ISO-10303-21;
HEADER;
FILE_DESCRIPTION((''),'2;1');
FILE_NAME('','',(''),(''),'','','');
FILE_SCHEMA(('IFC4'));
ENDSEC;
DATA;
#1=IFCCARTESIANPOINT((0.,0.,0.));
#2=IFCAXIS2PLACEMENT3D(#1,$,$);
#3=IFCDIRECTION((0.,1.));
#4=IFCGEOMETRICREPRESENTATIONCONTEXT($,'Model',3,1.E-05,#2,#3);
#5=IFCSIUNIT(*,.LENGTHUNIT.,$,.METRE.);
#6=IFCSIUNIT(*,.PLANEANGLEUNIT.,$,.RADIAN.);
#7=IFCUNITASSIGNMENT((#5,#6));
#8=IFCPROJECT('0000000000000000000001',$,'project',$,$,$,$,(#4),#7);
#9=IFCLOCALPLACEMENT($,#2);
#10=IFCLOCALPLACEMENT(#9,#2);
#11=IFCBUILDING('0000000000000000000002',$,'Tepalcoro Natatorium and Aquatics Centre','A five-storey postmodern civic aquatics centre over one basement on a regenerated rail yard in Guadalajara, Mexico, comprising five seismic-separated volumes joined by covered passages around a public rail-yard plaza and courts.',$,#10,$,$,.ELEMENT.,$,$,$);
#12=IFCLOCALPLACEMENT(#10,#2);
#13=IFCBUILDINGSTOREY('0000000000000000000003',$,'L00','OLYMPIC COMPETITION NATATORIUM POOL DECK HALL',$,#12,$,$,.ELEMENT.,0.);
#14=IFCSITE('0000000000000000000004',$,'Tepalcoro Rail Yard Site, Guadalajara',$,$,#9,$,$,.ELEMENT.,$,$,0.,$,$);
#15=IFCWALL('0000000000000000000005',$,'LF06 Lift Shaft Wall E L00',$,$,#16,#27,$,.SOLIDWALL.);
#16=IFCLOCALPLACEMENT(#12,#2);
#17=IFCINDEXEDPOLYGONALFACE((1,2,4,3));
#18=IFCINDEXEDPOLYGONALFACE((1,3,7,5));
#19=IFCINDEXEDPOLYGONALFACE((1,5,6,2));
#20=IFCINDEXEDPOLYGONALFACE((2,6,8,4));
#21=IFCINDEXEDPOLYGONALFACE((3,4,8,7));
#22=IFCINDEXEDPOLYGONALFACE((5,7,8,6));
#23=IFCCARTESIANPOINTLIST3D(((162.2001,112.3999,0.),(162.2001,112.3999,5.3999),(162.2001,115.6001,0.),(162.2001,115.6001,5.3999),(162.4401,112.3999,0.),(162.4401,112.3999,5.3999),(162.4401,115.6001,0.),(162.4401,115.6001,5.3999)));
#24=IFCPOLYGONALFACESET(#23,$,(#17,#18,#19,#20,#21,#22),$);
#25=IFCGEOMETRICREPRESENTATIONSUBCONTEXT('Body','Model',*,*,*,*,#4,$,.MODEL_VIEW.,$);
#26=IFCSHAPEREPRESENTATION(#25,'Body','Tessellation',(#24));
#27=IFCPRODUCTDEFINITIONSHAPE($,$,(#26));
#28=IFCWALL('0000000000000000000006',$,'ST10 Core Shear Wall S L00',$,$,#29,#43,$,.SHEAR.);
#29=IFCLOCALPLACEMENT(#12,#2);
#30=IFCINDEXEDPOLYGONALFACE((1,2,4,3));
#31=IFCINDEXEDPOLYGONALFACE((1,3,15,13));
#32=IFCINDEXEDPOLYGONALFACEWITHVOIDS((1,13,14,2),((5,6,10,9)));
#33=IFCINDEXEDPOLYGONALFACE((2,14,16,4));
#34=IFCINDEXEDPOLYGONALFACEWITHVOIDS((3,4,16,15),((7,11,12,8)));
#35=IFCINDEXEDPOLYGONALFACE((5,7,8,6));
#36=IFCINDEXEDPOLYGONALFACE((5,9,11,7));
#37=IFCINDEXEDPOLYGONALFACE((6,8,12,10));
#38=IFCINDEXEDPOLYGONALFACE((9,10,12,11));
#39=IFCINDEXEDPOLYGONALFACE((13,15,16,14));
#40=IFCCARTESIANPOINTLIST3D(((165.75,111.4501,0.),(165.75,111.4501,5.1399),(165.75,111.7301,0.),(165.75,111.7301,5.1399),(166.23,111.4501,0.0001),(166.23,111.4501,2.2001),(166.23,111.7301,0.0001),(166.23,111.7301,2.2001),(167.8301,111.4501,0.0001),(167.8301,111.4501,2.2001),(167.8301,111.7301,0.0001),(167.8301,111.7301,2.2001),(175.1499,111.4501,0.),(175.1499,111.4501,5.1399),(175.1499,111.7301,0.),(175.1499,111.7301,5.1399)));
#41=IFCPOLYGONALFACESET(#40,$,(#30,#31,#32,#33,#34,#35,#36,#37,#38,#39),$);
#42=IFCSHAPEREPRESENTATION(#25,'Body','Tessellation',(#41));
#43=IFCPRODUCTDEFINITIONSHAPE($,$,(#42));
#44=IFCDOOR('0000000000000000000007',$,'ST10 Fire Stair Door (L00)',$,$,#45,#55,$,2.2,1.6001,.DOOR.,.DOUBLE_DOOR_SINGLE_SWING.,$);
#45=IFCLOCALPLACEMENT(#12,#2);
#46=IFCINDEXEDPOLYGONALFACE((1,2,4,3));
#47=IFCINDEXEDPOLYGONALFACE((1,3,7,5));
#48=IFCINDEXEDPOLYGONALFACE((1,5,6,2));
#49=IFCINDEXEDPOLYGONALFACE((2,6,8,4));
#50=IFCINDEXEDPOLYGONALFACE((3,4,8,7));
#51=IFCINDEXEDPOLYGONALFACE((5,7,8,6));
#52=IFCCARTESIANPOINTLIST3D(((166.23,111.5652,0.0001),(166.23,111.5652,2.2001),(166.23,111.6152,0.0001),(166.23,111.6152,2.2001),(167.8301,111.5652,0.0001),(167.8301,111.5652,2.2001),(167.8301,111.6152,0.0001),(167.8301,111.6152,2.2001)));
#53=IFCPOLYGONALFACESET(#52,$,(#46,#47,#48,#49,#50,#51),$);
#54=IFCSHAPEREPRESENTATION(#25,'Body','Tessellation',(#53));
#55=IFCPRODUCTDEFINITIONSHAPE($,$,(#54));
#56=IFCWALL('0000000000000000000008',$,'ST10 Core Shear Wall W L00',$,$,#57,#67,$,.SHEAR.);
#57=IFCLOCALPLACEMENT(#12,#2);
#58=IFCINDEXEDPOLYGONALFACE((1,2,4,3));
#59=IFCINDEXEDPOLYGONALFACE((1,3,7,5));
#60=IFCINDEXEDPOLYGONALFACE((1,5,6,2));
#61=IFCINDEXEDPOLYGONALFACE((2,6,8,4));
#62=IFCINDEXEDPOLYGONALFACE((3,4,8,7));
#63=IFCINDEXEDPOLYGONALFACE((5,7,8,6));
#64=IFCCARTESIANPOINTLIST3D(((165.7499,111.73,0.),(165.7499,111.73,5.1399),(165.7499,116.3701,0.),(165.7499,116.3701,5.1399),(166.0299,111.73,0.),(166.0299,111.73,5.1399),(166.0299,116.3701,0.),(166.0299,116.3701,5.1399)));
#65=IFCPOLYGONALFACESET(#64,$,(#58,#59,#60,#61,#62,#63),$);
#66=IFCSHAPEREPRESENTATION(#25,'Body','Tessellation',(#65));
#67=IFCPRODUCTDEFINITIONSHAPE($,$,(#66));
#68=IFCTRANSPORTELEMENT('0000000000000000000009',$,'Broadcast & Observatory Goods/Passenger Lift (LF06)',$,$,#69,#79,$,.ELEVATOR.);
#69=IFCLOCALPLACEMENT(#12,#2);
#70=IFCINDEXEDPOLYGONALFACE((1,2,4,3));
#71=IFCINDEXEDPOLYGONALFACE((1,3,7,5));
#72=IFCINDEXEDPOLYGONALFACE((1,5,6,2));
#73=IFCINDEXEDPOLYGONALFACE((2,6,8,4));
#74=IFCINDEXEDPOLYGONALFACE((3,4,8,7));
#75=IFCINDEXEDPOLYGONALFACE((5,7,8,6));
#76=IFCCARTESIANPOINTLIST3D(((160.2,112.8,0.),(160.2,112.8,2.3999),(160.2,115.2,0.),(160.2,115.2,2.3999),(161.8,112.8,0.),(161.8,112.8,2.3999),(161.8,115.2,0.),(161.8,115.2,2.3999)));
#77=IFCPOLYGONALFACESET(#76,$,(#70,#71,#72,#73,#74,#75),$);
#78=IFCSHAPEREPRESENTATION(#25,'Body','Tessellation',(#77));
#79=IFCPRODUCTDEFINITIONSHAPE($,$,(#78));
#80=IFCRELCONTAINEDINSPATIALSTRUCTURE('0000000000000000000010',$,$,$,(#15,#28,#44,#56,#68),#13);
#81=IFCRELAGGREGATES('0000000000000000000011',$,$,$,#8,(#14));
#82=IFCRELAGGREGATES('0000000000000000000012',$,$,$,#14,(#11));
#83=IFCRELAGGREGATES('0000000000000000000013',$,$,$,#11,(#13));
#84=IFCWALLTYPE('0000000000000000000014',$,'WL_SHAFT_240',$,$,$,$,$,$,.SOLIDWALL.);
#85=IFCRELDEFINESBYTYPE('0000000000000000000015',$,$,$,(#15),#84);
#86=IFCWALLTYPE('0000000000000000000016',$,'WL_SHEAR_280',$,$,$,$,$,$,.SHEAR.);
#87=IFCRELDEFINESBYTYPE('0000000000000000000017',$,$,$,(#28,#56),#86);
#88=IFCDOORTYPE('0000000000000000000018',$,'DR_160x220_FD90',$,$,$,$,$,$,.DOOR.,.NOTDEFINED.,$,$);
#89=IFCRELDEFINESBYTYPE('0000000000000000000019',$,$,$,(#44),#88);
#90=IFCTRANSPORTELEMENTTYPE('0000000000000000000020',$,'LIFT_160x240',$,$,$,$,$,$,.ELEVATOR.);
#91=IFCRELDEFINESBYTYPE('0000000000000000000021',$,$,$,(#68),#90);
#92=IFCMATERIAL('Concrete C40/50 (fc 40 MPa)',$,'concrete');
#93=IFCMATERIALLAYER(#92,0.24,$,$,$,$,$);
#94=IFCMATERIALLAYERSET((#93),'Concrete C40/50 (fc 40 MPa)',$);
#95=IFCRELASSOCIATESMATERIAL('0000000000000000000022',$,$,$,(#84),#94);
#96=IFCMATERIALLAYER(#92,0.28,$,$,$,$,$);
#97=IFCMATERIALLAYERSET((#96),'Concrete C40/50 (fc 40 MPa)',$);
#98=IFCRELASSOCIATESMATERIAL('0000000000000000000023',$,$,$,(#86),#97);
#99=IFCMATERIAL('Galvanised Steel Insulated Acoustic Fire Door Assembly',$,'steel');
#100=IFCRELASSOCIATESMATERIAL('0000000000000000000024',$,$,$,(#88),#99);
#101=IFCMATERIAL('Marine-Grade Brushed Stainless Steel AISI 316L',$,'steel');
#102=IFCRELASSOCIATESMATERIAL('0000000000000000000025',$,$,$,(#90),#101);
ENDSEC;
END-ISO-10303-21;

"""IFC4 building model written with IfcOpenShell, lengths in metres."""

from ifc_helpers import new_model, si_unit, direction, frame, frame_2d, origin, origin_2d, place, context, subcontext, project, spatial, rectangle, extrude, material, layer, layer_set, type_object, element, fill, save


model = new_model("IFC4")

# Units and contexts
model_context = context("Model", 3, precision=1e-05, world=origin(), true_north=direction((0.0, 1.0)))
body_context = subcontext(model_context, "Body", "Model", "MODEL_VIEW")
ifc_project = project(units=[si_unit("LENGTHUNIT", "METRE"), si_unit("PLANEANGLEUNIT", "RADIAN")], contexts=[model_context])

# Site, building, storey
site_placement = place(None, origin())
site = spatial("IfcSite", under=ifc_project, at=site_placement, Name="Tepalcoro Rail Yard Site, Guadalajara", CompositionType="ELEMENT", RefElevation=0.0)
building_placement = place(site_placement, origin())
building = spatial("IfcBuilding", under=site, at=building_placement, Name="Tepalcoro Natatorium and Aquatics Centre", Description="A five-storey postmodern civic aquatics centre over one basement on a regenerated rail yard in Guadalajara, Mexico, comprising five seismic-separated volumes joined by covered passages around a public rail-yard plaza and courts.", CompositionType="ELEMENT")
storey_placement = place(building_placement, origin())
storey = spatial("IfcBuildingStorey", under=building, at=storey_placement, Name="L00", Description="OLYMPIC COMPETITION NATATORIUM POOL DECK HALL", CompositionType="ELEMENT", Elevation=0.0)

# Shared definitions
ifc_material_1 = material(Name="Concrete C40/50 (fc 40 MPa)", Category="concrete")

# Shared definitions
ifc_layer_1 = layer(ifc_material_1, 0.24)
ifc_layer_set_1 = layer_set([ifc_layer_1], Name="Concrete C40/50 (fc 40 MPa)")
wall_type_1 = type_object("IfcWallType", Name="WL_SHAFT_240", PredefinedType="SOLIDWALL", material=ifc_layer_set_1)
ifc_material_2 = material(Name="Marine-Grade Brushed Stainless Steel AISI 316L", Category="steel")

# Wall
for number, where, z_axis, x_axis, name in (
    (1, (162.3201, 112.3999, 0.0), (0.0, 0.0, 1.0), (0.0, 1.0, 0.0), "LF06 Lift Shaft Wall E L00"),
):
    element("IfcWall", number, at=place(storey_placement, frame(where, z_axis=z_axis, x_axis=x_axis)), inside=storey, type_object=wall_type_1, Name=name, PredefinedType="SOLIDWALL", context=body_context, shape_type="SweptSolid", body=[
        extrude(rectangle(XDim=3.2002, YDim=0.24, at=frame_2d((1.6001, 0.0))), origin(), (0.0, 0.0, 1.0), 5.3999),
    ])

# Wall, opening, door
ifc_layer_2 = layer(ifc_material_1, 0.28)
ifc_layer_set_2 = layer_set([ifc_layer_2], Name="Concrete C40/50 (fc 40 MPa)")
wall_type_2 = type_object("IfcWallType", Name="WL_SHEAR_280", PredefinedType="SHEAR", material=ifc_layer_set_2)
wall_1_placement = place(storey_placement, frame((165.75, 111.5901, 0.0), z_axis=(0.0, 0.0, 1.0), x_axis=(1.0, 0.0, 0.0)))
wall_1 = element("IfcWall", 2, at=wall_1_placement, inside=storey, type_object=wall_type_2, Name="ST10 Core Shear Wall S L00", PredefinedType="SHEAR", context=body_context, shape_type="SweptSolid", body=[
    extrude(rectangle(XDim=9.3999, YDim=0.28, at=frame_2d((4.7, 0.0))), origin(), (0.0, 0.0, 1.0), 5.1399),
])
opening_1_placement = place(wall_1_placement, frame((0.48, 0.0, 0.0)))
opening_1 = element("IfcOpeningElement", 3, at=opening_1_placement, cuts=wall_1, PredefinedType="OPENING", context=body_context, shape_type="SweptSolid", body=[
    extrude(rectangle(XDim=1.6001, YDim=2.2, at=frame_2d((0.8, 1.1001))), frame((0.0, 0.1519, 0.0), z_axis=(0.0, -1.0, 0.0), x_axis=(1.0, 0.0, 0.0)), (0.0, 0.0, 1.0), 0.304),
])
ifc_material_3 = material(Name="Galvanised Steel Insulated Acoustic Fire Door Assembly", Category="steel")
door_type_1 = type_object("IfcDoorType", Name="DR_160x220_FD90", OperationType="NOTDEFINED", PredefinedType="DOOR", material=ifc_material_3)
door_1_placement = place(opening_1_placement, frame((1.6001, 0.0, 0.0), z_axis=(0.0, 0.0, 1.0), x_axis=(-1.0, 0.0, 0.0)))
door_1 = element("IfcDoor", 4, at=door_1_placement, inside=storey, type_object=door_type_1, Name="ST10 Fire Stair Door (L00)", OperationType="DOUBLE_DOOR_SINGLE_SWING", OverallHeight=2.2, OverallWidth=1.6001, PredefinedType="DOOR", context=body_context, shape_type="SweptSolid", body=[
    extrude(rectangle(XDim=1.6001, YDim=2.2, at=frame_2d((0.8, 1.1001))), frame((0.0, 0.0249, 0.0), z_axis=(0.0, -1.0, 0.0), x_axis=(1.0, 0.0, 0.0)), (0.0, 0.0, 1.0), 0.05),
])
fill(opening_1, door_1)

# Wall
wall_2_placement = place(storey_placement, frame((165.8899, 111.73, 0.0), z_axis=(0.0, 0.0, 1.0), x_axis=(0.0, 1.0, 0.0)))
element("IfcWall", 5, at=wall_2_placement, inside=storey, type_object=wall_type_2, Name="ST10 Core Shear Wall W L00", PredefinedType="SHEAR", context=body_context, shape_type="SweptSolid", body=[
    extrude(rectangle(XDim=4.6401, YDim=0.28, at=frame_2d((2.3201, 0.0))), origin(), (0.0, 0.0, 1.0), 5.1399),
])

# Transport element
transport_element_type = type_object("IfcTransportElementType", Name="LIFT_160x240", PredefinedType="ELEVATOR", material=ifc_material_2)
transport_element_placement = place(storey_placement, frame((161.0, 114.0, 0.0), z_axis=(0.0, 0.0, 1.0), x_axis=(1.0, 0.0, 0.0)))
element("IfcTransportElement", 6, at=transport_element_placement, inside=storey, type_object=transport_element_type, Name="Broadcast & Observatory Goods/Passenger Lift (LF06)", PredefinedType="ELEVATOR", context=body_context, shape_type="SweptSolid", body=[
    extrude(rectangle(XDim=1.6001, YDim=2.3999, at=origin_2d()), origin(), (0.0, 0.0, 1.0), 2.3999),
])

save(model, "model.ifc")
